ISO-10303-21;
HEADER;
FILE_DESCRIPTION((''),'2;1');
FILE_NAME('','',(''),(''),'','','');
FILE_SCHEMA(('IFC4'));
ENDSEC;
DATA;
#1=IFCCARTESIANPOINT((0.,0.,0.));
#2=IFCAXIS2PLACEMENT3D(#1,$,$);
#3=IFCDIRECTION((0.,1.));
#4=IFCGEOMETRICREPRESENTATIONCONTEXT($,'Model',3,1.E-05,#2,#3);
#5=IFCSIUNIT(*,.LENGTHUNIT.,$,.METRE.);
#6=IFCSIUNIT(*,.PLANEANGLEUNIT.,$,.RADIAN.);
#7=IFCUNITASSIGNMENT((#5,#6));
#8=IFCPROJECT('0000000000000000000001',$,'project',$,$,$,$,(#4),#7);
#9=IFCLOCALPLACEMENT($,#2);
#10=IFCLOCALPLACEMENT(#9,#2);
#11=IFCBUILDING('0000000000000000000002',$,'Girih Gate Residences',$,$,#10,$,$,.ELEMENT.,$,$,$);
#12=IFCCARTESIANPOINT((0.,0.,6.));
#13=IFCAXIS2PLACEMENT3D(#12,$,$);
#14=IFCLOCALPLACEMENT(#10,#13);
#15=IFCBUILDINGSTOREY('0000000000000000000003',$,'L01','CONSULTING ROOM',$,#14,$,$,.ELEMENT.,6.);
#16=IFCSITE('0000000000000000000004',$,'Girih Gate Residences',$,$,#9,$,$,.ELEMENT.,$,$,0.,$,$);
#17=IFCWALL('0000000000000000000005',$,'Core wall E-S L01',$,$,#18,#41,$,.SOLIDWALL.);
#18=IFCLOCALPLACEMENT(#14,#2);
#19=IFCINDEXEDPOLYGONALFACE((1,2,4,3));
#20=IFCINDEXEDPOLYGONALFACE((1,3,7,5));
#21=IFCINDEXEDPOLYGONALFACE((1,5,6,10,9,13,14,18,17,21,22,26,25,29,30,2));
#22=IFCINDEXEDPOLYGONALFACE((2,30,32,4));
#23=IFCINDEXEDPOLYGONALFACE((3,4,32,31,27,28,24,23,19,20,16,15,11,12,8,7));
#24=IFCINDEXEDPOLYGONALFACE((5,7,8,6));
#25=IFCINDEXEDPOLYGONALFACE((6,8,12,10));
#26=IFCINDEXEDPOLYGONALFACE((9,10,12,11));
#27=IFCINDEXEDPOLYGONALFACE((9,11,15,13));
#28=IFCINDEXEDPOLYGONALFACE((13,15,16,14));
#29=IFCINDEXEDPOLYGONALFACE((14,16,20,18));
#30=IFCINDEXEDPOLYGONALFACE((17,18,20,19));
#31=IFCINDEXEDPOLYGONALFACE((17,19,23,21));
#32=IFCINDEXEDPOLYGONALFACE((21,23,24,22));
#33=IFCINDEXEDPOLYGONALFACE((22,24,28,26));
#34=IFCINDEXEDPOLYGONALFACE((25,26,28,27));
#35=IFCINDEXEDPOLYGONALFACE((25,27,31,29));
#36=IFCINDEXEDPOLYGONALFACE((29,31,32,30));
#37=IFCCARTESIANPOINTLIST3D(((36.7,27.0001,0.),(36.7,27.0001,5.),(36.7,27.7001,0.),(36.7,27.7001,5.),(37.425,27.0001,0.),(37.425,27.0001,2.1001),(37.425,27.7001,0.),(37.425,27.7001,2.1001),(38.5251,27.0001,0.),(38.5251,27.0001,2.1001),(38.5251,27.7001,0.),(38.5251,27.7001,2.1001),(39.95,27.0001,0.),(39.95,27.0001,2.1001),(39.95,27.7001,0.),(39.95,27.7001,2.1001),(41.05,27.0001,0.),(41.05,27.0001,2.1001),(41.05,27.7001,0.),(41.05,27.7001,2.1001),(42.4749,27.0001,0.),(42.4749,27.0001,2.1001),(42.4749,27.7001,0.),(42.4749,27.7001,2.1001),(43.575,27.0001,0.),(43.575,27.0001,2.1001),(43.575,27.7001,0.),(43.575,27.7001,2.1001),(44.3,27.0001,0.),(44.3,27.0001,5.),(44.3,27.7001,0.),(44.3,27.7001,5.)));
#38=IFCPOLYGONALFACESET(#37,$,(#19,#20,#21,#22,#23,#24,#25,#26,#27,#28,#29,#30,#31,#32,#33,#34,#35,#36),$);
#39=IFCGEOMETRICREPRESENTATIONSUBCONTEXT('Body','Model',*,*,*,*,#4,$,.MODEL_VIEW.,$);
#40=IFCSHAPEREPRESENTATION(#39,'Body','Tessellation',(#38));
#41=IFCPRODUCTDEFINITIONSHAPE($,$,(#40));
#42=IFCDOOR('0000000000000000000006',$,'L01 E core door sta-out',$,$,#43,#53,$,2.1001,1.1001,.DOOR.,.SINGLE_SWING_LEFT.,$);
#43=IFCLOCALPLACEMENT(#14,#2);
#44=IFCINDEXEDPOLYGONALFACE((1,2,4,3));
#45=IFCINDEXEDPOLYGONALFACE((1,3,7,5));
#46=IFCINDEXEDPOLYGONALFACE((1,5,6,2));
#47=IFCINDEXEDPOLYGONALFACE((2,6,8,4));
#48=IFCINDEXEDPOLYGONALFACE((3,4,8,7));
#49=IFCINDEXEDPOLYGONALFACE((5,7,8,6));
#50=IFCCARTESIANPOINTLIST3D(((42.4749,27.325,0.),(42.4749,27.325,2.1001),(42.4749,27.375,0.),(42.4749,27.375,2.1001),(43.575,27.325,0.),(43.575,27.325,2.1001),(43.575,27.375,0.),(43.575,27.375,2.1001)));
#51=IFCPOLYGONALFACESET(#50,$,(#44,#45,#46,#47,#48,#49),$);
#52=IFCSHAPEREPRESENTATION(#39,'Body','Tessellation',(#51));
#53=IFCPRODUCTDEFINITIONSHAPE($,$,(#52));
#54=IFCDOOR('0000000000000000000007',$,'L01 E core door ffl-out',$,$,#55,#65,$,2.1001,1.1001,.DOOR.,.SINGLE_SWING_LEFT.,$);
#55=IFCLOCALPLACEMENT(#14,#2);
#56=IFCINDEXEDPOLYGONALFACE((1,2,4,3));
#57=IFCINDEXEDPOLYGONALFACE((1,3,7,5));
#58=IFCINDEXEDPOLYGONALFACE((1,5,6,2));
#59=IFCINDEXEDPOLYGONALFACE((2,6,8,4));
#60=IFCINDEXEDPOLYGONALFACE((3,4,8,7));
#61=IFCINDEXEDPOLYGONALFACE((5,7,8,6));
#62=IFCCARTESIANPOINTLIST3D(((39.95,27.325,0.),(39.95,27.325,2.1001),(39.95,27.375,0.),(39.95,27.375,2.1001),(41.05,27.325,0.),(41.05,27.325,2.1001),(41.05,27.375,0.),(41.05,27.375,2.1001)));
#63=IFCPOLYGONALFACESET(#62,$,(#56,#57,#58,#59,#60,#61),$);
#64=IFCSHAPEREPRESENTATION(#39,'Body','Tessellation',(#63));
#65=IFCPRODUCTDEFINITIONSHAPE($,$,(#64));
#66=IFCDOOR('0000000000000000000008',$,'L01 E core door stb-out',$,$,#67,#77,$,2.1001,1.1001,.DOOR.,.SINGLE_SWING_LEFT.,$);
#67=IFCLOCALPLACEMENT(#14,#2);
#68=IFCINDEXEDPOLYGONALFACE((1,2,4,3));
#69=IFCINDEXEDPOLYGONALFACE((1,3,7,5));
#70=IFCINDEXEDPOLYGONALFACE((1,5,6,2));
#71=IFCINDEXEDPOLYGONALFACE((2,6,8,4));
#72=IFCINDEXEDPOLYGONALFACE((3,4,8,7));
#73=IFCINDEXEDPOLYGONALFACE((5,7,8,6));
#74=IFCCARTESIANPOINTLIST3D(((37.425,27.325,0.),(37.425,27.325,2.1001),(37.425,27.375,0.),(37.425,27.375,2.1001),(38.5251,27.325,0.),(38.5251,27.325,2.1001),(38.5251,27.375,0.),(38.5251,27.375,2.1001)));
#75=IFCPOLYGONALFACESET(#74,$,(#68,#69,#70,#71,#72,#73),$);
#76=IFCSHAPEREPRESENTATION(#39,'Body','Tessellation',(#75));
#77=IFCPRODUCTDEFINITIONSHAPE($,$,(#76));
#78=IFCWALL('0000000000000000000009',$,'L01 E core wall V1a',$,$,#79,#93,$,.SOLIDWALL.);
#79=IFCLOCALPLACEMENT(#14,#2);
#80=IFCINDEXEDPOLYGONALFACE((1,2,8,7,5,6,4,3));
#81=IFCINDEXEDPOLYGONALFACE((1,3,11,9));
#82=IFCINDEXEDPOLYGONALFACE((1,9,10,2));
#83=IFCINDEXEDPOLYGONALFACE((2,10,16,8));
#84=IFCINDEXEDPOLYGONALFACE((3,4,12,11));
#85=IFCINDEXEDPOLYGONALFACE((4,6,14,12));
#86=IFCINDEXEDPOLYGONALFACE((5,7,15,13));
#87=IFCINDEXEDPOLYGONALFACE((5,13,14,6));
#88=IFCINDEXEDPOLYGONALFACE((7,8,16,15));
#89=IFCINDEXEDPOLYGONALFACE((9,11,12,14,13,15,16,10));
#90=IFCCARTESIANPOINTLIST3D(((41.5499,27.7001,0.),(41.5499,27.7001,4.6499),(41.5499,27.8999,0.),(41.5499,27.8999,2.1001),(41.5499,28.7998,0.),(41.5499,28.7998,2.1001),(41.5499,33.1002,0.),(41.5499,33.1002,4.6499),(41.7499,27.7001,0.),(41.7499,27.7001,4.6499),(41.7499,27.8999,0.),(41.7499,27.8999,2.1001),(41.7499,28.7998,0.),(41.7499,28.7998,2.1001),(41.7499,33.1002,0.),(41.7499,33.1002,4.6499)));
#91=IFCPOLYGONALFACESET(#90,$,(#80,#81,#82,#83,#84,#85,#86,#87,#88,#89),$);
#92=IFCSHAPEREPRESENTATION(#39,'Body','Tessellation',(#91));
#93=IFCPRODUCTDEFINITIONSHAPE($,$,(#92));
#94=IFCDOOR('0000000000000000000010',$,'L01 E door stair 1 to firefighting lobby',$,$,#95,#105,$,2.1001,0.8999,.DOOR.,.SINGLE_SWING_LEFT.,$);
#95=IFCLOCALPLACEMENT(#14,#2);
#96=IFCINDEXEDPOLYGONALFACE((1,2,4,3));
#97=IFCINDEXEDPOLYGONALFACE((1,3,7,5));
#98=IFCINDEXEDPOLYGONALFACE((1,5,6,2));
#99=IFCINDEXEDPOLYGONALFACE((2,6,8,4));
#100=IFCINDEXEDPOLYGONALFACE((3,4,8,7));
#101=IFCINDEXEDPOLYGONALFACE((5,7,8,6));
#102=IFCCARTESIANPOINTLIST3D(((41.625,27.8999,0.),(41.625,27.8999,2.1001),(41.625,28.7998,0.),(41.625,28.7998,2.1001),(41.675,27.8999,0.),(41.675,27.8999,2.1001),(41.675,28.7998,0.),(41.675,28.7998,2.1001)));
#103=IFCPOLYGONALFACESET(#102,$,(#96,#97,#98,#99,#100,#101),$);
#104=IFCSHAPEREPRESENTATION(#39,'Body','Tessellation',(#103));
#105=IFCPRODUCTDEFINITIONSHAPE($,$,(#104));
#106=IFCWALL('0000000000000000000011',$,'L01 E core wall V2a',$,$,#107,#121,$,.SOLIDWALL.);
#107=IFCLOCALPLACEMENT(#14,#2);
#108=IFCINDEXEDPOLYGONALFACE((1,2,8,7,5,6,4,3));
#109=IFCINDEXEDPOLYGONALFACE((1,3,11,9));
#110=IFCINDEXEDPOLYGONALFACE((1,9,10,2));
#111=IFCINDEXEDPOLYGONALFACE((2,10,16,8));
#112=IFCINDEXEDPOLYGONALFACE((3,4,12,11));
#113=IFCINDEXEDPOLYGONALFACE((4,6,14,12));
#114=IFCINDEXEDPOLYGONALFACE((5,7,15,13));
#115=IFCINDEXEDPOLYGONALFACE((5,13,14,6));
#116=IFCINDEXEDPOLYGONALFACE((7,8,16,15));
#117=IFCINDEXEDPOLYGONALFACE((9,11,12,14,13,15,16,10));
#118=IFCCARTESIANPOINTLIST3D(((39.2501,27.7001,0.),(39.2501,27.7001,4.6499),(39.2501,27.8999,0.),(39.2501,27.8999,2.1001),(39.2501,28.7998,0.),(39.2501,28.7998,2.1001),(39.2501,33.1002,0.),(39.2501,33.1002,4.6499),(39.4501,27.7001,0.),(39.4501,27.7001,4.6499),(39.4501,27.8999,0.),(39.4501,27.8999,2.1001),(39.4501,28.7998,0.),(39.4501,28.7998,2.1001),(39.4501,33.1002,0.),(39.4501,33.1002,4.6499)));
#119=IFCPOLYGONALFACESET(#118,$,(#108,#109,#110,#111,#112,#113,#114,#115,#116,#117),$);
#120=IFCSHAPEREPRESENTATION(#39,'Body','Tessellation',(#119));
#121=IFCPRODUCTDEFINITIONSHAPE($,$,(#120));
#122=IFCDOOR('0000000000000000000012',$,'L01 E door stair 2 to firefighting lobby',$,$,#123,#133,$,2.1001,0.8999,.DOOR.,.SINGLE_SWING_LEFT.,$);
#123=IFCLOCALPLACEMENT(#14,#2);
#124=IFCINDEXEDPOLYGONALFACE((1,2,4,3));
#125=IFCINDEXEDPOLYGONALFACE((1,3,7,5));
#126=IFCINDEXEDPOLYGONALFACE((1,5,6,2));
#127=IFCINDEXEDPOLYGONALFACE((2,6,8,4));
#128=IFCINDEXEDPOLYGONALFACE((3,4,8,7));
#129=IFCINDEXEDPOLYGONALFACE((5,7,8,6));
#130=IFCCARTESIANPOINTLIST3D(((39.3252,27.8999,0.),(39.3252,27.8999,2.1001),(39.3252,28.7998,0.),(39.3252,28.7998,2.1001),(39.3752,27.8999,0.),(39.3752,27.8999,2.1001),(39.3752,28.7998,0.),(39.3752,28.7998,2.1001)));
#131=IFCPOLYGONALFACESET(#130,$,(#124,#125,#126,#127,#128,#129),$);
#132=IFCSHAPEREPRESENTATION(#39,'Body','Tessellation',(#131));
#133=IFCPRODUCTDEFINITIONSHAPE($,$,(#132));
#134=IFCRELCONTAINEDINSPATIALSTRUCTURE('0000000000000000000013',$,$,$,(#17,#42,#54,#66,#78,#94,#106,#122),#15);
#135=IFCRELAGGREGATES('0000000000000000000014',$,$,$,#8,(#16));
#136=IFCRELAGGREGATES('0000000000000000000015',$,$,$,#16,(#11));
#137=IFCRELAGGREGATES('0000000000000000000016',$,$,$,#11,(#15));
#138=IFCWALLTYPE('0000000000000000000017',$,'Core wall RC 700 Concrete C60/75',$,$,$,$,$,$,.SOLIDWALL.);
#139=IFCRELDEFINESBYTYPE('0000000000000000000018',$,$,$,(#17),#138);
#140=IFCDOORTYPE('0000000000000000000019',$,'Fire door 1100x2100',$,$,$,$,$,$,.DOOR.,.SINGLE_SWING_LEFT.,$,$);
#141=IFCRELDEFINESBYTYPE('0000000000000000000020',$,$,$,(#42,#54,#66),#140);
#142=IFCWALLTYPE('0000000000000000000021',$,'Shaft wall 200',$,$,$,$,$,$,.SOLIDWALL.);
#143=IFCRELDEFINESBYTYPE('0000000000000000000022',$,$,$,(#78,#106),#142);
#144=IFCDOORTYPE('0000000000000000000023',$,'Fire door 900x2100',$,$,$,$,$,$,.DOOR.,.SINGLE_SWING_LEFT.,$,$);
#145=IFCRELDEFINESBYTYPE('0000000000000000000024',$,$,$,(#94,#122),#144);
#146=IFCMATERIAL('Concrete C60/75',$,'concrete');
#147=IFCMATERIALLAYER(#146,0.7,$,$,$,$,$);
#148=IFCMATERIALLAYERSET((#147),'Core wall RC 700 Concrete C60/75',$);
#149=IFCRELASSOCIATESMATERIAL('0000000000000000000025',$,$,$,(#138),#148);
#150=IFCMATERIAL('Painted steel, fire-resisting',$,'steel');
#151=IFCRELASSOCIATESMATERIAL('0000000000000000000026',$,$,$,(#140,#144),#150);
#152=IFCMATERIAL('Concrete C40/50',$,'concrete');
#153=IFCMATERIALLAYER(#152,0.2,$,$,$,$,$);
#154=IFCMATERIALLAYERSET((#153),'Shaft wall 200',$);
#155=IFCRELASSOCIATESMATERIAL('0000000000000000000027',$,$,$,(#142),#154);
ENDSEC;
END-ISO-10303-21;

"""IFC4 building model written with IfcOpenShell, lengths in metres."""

from ifc_helpers import new_model, si_unit, direction, frame, frame_2d, origin, place, context, subcontext, project, spatial, rectangle, extrude, material, layer, layer_set, type_object, element, fill, save


model = new_model("IFC4")

# Units and contexts
model_context = context("Model", 3, precision=1e-05, world=origin(), true_north=direction((0.0, 1.0)))
body_context = subcontext(model_context, "Body", "Model", "MODEL_VIEW")
ifc_project = project(units=[si_unit("LENGTHUNIT", "METRE"), si_unit("PLANEANGLEUNIT", "RADIAN")], contexts=[model_context])

# Site, building, storey
site_placement = place(None, origin())
site = spatial("IfcSite", under=ifc_project, at=site_placement, Name="Girih Gate Residences", CompositionType="ELEMENT", RefElevation=0.0)
building_placement = place(site_placement, origin())
building = spatial("IfcBuilding", under=site, at=building_placement, Name="Girih Gate Residences", CompositionType="ELEMENT")
storey_placement = place(building_placement, frame((0.0, 0.0, 6.0)))
storey = spatial("IfcBuildingStorey", under=building, at=storey_placement, Name="L01", Description="CONSULTING ROOM", CompositionType="ELEMENT", Elevation=6.0)

# Wall, openings, doors
ifc_material_1 = material(Name="Concrete C60/75", Category="concrete")
ifc_layer_1 = layer(ifc_material_1, 0.7)
ifc_layer_set_1 = layer_set([ifc_layer_1], Name="Core wall RC 700 Concrete C60/75")
wall_type_1 = type_object("IfcWallType", Name="Core wall RC 700 Concrete C60/75", PredefinedType="SOLIDWALL", material=ifc_layer_set_1)
wall_1_placement = place(storey_placement, frame((36.7, 27.3501, 0.0), z_axis=(0.0, 0.0, 1.0), x_axis=(1.0, 0.0, 0.0)))
wall_1 = element("IfcWall", 1, at=wall_1_placement, inside=storey, type_object=wall_type_1, Name="Core wall E-S L01", PredefinedType="SOLIDWALL", context=body_context, shape_type="SweptSolid", body=[
    extrude(rectangle(XDim=7.6001, YDim=0.7, at=frame_2d((3.8, 0.0))), origin(), (0.0, 0.0, 1.0), 5.0),
])
opening_1_placement = place(wall_1_placement, frame((5.7749, 0.0, 0.0)))
opening_1 = element("IfcOpeningElement", 2, at=opening_1_placement, cuts=wall_1, PredefinedType="OPENING", context=body_context, shape_type="SweptSolid", body=[
    extrude(rectangle(XDim=1.1001, YDim=2.1001, at=frame_2d((0.55, 1.05))), frame((0.0, 0.3599, 0.0), z_axis=(0.0, -1.0, 0.0), x_axis=(1.0, 0.0, 0.0)), (0.0, 0.0, 1.0), 0.72),
])
opening_2_placement = place(wall_1_placement, frame((3.25, 0.0, 0.0)))
opening_2 = element("IfcOpeningElement", 3, at=opening_2_placement, cuts=wall_1, PredefinedType="OPENING", context=body_context, shape_type="SweptSolid", body=[
    extrude(rectangle(XDim=1.1001, YDim=2.1001, at=frame_2d((0.55, 1.05))), frame((0.0, 0.3599, 0.0), z_axis=(0.0, -1.0, 0.0), x_axis=(1.0, 0.0, 0.0)), (0.0, 0.0, 1.0), 0.72),
])
opening_3_placement = place(wall_1_placement, frame((0.7251, 0.0, 0.0)))
opening_3 = element("IfcOpeningElement", 4, at=opening_3_placement, cuts=wall_1, PredefinedType="OPENING", context=body_context, shape_type="SweptSolid", body=[
    extrude(rectangle(XDim=1.1001, YDim=2.1001, at=frame_2d((0.55, 1.05))), frame((0.0, 0.3599, 0.0), z_axis=(0.0, -1.0, 0.0), x_axis=(1.0, 0.0, 0.0)), (0.0, 0.0, 1.0), 0.72),
])
ifc_material_2 = material(Name="Painted steel, fire-resisting", Category="steel")
door_type_1 = type_object("IfcDoorType", Name="Fire door 1100x2100", OperationType="SINGLE_SWING_LEFT", PredefinedType="DOOR", material=ifc_material_2)
door_1_placement = place(opening_1_placement, origin())
door_1 = element("IfcDoor", 5, at=door_1_placement, inside=storey, type_object=door_type_1, Name="L01 E core door sta-out", OperationType="SINGLE_SWING_LEFT", OverallHeight=2.1001, OverallWidth=1.1001, PredefinedType="DOOR", context=body_context, shape_type="SweptSolid", body=[
    extrude(rectangle(XDim=1.1001, YDim=2.1001, at=frame_2d((0.55, 1.05))), frame((0.0, 0.0249, 0.0), z_axis=(0.0, -1.0, 0.0), x_axis=(1.0, 0.0, 0.0)), (0.0, 0.0, 1.0), 0.05),
])
fill(opening_1, door_1)
door_2_placement = place(opening_2_placement, origin())
door_2 = element("IfcDoor", 6, at=door_2_placement, inside=storey, type_object=door_type_1, Name="L01 E core door ffl-out", OperationType="SINGLE_SWING_LEFT", OverallHeight=2.1001, OverallWidth=1.1001, PredefinedType="DOOR", context=body_context, shape_type="SweptSolid", body=[
    extrude(rectangle(XDim=1.1001, YDim=2.1001, at=frame_2d((0.55, 1.05))), frame((0.0, 0.0249, 0.0), z_axis=(0.0, -1.0, 0.0), x_axis=(1.0, 0.0, 0.0)), (0.0, 0.0, 1.0), 0.05),
])
fill(opening_2, door_2)
door_3_placement = place(opening_3_placement, origin())
door_3 = element("IfcDoor", 7, at=door_3_placement, inside=storey, type_object=door_type_1, Name="L01 E core door stb-out", OperationType="SINGLE_SWING_LEFT", OverallHeight=2.1001, OverallWidth=1.1001, PredefinedType="DOOR", context=body_context, shape_type="SweptSolid", body=[
    extrude(rectangle(XDim=1.1001, YDim=2.1001, at=frame_2d((0.55, 1.05))), frame((0.0, 0.0249, 0.0), z_axis=(0.0, -1.0, 0.0), x_axis=(1.0, 0.0, 0.0)), (0.0, 0.0, 1.0), 0.05),
])
fill(opening_3, door_3)

# Walls, openings, doors
ifc_material_3 = material(Name="Concrete C40/50", Category="concrete")
ifc_layer_2 = layer(ifc_material_3, 0.2)
ifc_layer_set_2 = layer_set([ifc_layer_2], Name="Shaft wall 200")
wall_type_2 = type_object("IfcWallType", Name="Shaft wall 200", PredefinedType="SOLIDWALL", material=ifc_layer_set_2)
wall_2_placement = place(storey_placement, frame((41.6499, 27.7, 0.0), z_axis=(0.0, 0.0, 1.0), x_axis=(0.0, 1.0, 0.0)))
wall_2 = element("IfcWall", 8, at=wall_2_placement, inside=storey, type_object=wall_type_2, Name="L01 E core wall V1a", PredefinedType="SOLIDWALL", context=body_context, shape_type="SweptSolid", body=[
    extrude(rectangle(XDim=5.4001, YDim=0.2, at=frame_2d((2.7002, 0.0))), origin(), (0.0, 0.0, 1.0), 4.6499),
])
opening_4_placement = place(wall_2_placement, frame((0.2, 0.0, 0.0)))
opening_4 = element("IfcOpeningElement", 9, at=opening_4_placement, cuts=wall_2, PredefinedType="OPENING", context=body_context, shape_type="SweptSolid", body=[
    extrude(rectangle(XDim=0.8999, YDim=2.1001, at=frame_2d((0.45, 1.05))), frame((0.0, 0.1099, 0.0), z_axis=(0.0, -1.0, 0.0), x_axis=(1.0, 0.0, 0.0)), (0.0, 0.0, 1.0), 0.22),
])
door_type_2 = type_object("IfcDoorType", Name="Fire door 900x2100", OperationType="SINGLE_SWING_LEFT", PredefinedType="DOOR", material=ifc_material_2)
door_4_placement = place(opening_4_placement, origin())
door_4 = element("IfcDoor", 10, at=door_4_placement, inside=storey, type_object=door_type_2, Name="L01 E door stair 1 to firefighting lobby", OperationType="SINGLE_SWING_LEFT", OverallHeight=2.1001, OverallWidth=0.8999, PredefinedType="DOOR", context=body_context, shape_type="SweptSolid", body=[
    extrude(rectangle(XDim=0.8999, YDim=2.1001, at=frame_2d((0.45, 1.05))), frame((0.0, 0.0249, 0.0), z_axis=(0.0, -1.0, 0.0), x_axis=(1.0, 0.0, 0.0)), (0.0, 0.0, 1.0), 0.05),
])
fill(opening_4, door_4)
wall_3_placement = place(storey_placement, frame((39.3501, 27.7, 0.0), z_axis=(0.0, 0.0, 1.0), x_axis=(0.0, 1.0, 0.0)))
wall_3 = element("IfcWall", 11, at=wall_3_placement, inside=storey, type_object=wall_type_2, Name="L01 E core wall V2a", PredefinedType="SOLIDWALL", context=body_context, shape_type="SweptSolid", body=[
    extrude(rectangle(XDim=5.4001, YDim=0.2, at=frame_2d((2.7002, 0.0))), origin(), (0.0, 0.0, 1.0), 4.6499),
])
opening_5_placement = place(wall_3_placement, frame((0.2, 0.0, 0.0)))
opening_5 = element("IfcOpeningElement", 12, at=opening_5_placement, cuts=wall_3, PredefinedType="OPENING", context=body_context, shape_type="SweptSolid", body=[
    extrude(rectangle(XDim=0.8999, YDim=2.1001, at=frame_2d((0.45, 1.05))), frame((0.0, 0.1099, 0.0), z_axis=(0.0, -1.0, 0.0), x_axis=(1.0, 0.0, 0.0)), (0.0, 0.0, 1.0), 0.22),
])
door_5_placement = place(opening_5_placement, origin())
door_5 = element("IfcDoor", 13, at=door_5_placement, inside=storey, type_object=door_type_2, Name="L01 E door stair 2 to firefighting lobby", OperationType="SINGLE_SWING_LEFT", OverallHeight=2.1001, OverallWidth=0.8999, PredefinedType="DOOR", context=body_context, shape_type="SweptSolid", body=[
    extrude(rectangle(XDim=0.8999, YDim=2.1001, at=frame_2d((0.45, 1.05))), frame((0.0, 0.0249, 0.0), z_axis=(0.0, -1.0, 0.0), x_axis=(1.0, 0.0, 0.0)), (0.0, 0.0, 1.0), 0.05),
])
fill(opening_5, door_5)

save(model, "model.ifc")
